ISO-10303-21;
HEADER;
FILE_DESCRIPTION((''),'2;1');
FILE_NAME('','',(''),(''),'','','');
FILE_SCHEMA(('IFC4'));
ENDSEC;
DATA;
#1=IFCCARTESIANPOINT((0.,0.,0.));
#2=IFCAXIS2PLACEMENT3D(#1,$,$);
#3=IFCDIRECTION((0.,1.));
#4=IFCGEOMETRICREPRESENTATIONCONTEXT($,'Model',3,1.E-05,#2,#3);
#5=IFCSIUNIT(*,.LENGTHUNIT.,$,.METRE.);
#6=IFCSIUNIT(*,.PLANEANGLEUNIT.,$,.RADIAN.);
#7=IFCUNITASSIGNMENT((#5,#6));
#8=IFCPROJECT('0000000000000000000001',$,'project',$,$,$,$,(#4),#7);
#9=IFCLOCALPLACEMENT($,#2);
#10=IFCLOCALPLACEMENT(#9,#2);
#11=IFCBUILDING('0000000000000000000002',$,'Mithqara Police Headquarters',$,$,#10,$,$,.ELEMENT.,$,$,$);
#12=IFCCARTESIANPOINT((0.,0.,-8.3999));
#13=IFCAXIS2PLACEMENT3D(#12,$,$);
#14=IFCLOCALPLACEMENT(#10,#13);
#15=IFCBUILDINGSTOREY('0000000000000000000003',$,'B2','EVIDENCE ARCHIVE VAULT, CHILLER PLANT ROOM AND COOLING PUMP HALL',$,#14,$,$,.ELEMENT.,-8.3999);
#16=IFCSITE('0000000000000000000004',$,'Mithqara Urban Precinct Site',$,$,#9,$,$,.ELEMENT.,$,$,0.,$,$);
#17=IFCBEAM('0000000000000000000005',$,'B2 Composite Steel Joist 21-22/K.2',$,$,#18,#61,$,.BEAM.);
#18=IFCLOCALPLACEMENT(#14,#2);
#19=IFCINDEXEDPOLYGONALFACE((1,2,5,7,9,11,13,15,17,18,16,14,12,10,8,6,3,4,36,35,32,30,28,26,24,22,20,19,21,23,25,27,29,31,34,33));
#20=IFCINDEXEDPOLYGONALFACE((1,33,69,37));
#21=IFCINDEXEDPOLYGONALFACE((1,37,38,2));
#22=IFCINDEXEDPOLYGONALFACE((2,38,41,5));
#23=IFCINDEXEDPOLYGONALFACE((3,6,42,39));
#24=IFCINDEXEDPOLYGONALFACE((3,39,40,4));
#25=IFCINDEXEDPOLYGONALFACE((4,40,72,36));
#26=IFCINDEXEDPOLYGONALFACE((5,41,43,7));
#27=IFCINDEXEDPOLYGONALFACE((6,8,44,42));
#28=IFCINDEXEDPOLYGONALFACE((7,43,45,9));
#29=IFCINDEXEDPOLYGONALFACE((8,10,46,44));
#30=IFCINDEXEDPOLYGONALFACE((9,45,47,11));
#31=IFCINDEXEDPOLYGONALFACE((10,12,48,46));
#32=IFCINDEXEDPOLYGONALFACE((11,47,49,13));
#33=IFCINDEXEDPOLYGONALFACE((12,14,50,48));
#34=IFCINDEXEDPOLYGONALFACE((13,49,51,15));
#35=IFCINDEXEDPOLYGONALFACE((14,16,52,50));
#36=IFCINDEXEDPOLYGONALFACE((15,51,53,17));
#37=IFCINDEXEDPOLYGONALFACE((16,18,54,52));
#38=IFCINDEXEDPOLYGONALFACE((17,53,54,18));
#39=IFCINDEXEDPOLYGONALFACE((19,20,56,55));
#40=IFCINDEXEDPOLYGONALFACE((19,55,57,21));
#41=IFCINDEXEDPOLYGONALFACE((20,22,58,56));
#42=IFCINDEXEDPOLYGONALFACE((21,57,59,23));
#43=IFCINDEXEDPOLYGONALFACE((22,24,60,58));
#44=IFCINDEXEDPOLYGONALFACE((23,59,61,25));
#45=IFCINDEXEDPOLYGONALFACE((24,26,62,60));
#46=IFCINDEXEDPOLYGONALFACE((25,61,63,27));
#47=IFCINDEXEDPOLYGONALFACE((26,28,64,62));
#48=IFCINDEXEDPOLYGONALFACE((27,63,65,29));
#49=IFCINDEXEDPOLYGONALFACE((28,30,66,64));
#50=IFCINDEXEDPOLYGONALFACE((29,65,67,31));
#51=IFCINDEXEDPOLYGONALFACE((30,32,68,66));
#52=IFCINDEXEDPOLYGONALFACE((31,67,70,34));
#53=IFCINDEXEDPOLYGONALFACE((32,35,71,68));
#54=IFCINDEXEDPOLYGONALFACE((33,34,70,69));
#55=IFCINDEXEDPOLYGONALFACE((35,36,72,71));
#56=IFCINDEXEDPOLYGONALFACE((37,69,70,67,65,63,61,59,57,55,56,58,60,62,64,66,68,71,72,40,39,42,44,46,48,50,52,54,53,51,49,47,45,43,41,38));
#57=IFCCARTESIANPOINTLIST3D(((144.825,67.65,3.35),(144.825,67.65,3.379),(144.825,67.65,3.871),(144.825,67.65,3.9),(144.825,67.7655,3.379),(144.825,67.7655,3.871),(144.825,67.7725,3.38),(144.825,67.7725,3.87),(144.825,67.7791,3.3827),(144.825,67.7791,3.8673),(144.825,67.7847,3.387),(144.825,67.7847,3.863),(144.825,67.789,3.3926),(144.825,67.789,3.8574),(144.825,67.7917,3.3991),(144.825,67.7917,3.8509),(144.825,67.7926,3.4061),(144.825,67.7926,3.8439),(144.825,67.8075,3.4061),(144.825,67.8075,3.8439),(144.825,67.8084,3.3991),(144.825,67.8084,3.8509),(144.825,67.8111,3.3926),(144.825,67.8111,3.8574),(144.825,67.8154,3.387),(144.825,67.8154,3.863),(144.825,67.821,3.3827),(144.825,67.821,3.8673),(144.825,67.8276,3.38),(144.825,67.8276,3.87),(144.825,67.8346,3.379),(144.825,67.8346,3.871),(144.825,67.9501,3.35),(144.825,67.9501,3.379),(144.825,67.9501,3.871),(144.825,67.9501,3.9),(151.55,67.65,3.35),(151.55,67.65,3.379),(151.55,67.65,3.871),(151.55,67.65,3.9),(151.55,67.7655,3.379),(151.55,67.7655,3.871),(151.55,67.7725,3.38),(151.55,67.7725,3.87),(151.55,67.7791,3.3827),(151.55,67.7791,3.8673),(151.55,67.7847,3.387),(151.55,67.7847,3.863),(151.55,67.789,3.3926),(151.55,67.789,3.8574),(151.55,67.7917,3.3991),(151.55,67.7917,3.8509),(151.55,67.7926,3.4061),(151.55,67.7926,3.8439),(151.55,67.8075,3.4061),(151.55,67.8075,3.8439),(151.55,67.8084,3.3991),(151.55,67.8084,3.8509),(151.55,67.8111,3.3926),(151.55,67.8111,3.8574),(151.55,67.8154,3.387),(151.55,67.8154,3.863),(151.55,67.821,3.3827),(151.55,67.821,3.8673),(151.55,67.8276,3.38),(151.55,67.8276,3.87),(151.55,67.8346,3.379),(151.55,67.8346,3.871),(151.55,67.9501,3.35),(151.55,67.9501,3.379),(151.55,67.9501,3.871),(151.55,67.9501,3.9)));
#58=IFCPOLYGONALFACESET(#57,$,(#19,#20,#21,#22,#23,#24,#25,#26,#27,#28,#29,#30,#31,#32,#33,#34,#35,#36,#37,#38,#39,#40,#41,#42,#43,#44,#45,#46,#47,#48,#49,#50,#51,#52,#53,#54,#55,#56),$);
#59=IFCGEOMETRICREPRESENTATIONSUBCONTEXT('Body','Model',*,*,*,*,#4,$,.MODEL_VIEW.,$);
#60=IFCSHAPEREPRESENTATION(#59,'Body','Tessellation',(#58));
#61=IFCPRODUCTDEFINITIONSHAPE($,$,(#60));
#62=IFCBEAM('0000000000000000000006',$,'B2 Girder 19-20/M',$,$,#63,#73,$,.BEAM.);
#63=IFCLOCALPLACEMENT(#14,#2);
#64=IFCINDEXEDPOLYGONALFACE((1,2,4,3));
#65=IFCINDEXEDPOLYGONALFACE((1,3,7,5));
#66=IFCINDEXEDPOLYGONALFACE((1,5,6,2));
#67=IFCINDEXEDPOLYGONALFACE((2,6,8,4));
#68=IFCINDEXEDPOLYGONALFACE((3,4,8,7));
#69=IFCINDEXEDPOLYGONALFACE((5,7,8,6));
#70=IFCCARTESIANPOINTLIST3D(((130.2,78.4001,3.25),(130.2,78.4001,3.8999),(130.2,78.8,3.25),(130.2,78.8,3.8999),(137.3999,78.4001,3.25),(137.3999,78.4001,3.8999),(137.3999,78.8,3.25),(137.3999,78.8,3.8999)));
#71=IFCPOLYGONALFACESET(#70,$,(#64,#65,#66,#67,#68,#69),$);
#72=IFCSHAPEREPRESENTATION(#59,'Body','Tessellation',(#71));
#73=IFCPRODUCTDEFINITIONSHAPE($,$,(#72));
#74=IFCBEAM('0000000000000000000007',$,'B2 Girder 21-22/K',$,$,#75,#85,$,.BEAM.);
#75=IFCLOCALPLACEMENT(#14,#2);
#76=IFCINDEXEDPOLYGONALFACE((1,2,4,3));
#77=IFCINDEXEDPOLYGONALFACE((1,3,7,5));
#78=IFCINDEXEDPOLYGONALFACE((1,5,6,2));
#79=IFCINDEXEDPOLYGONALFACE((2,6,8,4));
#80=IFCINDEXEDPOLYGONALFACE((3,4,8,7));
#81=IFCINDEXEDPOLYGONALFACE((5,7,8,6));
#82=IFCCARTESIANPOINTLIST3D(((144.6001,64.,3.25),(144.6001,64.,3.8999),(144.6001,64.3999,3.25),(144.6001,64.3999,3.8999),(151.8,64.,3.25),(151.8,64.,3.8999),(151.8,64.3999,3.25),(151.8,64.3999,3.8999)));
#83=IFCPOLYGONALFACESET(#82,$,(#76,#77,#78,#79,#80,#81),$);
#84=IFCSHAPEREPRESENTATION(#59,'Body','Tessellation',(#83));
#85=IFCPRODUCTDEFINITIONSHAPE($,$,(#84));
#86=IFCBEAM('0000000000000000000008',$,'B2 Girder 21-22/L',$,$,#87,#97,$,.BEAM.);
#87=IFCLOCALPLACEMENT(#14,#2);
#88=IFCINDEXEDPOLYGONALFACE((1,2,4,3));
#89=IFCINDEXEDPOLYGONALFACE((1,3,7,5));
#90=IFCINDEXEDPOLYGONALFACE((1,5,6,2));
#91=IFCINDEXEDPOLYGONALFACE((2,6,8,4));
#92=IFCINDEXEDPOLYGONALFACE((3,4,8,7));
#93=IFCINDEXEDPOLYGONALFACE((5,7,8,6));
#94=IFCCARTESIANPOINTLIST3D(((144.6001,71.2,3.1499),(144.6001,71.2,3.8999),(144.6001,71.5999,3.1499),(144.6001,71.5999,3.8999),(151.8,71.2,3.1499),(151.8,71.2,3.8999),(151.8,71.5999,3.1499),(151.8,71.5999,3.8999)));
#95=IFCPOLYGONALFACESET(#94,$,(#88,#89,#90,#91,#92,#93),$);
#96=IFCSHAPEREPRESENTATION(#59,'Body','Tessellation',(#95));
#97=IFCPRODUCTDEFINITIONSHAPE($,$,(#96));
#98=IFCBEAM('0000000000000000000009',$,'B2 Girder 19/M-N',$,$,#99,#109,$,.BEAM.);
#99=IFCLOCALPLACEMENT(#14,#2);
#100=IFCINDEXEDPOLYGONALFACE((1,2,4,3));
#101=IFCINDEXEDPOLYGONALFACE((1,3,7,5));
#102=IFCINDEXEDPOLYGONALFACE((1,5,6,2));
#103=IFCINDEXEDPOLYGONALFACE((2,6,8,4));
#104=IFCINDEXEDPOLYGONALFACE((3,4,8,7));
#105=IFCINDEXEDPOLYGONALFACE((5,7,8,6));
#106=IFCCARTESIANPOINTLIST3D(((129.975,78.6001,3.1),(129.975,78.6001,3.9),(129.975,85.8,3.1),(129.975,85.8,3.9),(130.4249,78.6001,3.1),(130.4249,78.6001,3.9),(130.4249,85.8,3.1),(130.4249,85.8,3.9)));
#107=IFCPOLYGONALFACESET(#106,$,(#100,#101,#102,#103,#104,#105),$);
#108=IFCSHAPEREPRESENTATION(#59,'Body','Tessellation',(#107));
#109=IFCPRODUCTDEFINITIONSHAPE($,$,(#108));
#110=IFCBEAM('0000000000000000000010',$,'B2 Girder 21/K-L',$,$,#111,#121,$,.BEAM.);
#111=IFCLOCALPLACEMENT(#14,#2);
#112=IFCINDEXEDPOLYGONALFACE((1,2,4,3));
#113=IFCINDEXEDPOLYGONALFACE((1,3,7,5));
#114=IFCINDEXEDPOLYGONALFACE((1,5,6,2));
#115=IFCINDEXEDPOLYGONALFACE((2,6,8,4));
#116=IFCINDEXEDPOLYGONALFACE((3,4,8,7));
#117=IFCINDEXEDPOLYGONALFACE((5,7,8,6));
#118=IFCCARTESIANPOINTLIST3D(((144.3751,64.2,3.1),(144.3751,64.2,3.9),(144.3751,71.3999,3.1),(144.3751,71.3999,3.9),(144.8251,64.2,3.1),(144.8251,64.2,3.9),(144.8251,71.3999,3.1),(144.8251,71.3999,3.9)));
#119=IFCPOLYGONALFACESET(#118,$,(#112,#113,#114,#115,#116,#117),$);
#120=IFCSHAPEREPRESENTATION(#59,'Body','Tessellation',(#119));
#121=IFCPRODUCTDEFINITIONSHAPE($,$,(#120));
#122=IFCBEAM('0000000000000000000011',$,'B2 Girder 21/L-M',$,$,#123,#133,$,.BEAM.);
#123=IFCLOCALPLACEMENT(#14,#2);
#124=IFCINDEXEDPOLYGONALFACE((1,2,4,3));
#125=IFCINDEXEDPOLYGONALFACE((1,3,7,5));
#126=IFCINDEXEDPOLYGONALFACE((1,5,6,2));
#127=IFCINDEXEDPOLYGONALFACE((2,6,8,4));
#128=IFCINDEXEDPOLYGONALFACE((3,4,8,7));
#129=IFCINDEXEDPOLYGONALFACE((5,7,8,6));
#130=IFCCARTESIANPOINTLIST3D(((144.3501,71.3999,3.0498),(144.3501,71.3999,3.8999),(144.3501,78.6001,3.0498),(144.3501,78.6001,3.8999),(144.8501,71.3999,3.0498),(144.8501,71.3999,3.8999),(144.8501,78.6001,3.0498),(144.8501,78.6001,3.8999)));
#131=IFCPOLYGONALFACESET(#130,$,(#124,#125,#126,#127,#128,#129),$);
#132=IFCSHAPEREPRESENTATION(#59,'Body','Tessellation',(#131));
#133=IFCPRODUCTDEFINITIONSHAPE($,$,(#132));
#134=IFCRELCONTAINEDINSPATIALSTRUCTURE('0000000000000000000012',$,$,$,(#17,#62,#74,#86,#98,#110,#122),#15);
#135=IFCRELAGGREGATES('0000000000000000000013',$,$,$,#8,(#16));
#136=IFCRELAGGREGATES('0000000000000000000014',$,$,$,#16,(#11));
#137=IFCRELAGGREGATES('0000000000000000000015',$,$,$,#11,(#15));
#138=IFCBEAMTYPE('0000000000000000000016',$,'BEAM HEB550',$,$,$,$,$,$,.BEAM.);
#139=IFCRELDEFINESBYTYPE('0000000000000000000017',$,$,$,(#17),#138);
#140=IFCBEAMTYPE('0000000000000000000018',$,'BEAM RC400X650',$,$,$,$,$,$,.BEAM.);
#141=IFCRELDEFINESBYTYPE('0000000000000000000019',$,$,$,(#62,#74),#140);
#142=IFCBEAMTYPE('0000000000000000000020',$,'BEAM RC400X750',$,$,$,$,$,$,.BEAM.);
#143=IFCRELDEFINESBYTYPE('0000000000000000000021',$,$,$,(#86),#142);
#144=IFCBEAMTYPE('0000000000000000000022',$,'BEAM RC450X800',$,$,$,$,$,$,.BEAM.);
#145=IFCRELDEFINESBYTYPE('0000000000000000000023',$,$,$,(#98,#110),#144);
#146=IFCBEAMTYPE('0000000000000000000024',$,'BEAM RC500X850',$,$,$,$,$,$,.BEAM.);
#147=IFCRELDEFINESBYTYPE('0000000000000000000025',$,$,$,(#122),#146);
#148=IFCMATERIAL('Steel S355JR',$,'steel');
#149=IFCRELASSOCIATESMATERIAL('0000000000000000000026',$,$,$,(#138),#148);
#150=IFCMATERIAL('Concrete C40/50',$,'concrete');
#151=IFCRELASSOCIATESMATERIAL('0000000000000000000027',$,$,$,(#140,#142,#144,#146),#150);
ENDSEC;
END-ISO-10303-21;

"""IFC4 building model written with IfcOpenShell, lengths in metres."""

from ifc_helpers import new_model, si_unit, direction, frame, origin, origin_2d, place, context, subcontext, project, spatial, rectangle, i_section, extrude, material, material_profile, profile_set, type_object, element, save


model = new_model("IFC4")

# Units and contexts
model_context = context("Model", 3, precision=1e-05, world=origin(), true_north=direction((0.0, 1.0)))
body_context = subcontext(model_context, "Body", "Model", "MODEL_VIEW")
ifc_project = project(units=[si_unit("LENGTHUNIT", "METRE"), si_unit("PLANEANGLEUNIT", "RADIAN")], contexts=[model_context])

# Site, building, storey
site_placement = place(None, origin())
site = spatial("IfcSite", under=ifc_project, at=site_placement, Name="Mithqara Urban Precinct Site", CompositionType="ELEMENT", RefElevation=0.0)
building_placement = place(site_placement, origin())
building = spatial("IfcBuilding", under=site, at=building_placement, Name="Mithqara Police Headquarters", CompositionType="ELEMENT")
storey_placement = place(building_placement, frame((0.0, 0.0, -8.3999)))
storey = spatial("IfcBuildingStorey", under=building, at=storey_placement, Name="B2", Description="EVIDENCE ARCHIVE VAULT, CHILLER PLANT ROOM AND COOLING PUMP HALL", CompositionType="ELEMENT", Elevation=-8.3999)

# Shared definitions
ifc_material_1 = material(Name="Concrete C40/50", Category="concrete")

# Beams
ifc_material_2 = material(Name="Steel S355JR", Category="steel")
ifc_material_profile_1 = material_profile(ifc_material_2, i_section(OverallWidth=0.3, OverallDepth=0.55, WebThickness=0.0149, FlangeThickness=0.0291, FilletRadius=0.0271, at=origin_2d()), Name="HEB 550")
ifc_profile_set_1 = profile_set([ifc_material_profile_1], Name="Steel S355JR")
beam_type_1 = type_object("IfcBeamType", Name="BEAM HEB550", PredefinedType="BEAM", material=ifc_profile_set_1)
for number, where, z_axis, x_axis, name in (
    (1, (144.825, 67.8, 3.625), (1.0, 0.0, 0.0), (0.0, 1.0, 0.0), "B2 Composite Steel Joist 21-22/K.2"),
):
    element("IfcBeam", number, at=place(storey_placement, frame(where, z_axis=z_axis, x_axis=x_axis)), inside=storey, type_object=beam_type_1, Name=name, PredefinedType="BEAM", context=body_context, shape_type="SweptSolid", body=[
        extrude(i_section(OverallWidth=0.3, OverallDepth=0.55, WebThickness=0.0149, FlangeThickness=0.0291, FilletRadius=0.0271, at=origin_2d()), origin(), (0.0, 0.0, 1.0), 6.7251),
    ])
ifc_material_profile_2 = material_profile(ifc_material_1, rectangle(XDim=0.3999, YDim=0.6499, at=origin_2d()), Name="RC 400x650")
ifc_profile_set_2 = profile_set([ifc_material_profile_2], Name="Concrete C40/50")
beam_type_2 = type_object("IfcBeamType", Name="BEAM RC400X650", PredefinedType="BEAM", material=ifc_profile_set_2)
for number, where, z_axis, x_axis, name in (
    (2, (130.2, 78.6001, 3.575), (1.0, 0.0, 0.0), (0.0, 1.0, 0.0), "B2 Girder 19-20/M"),
    (3, (144.6001, 64.2, 3.575), (1.0, 0.0, 0.0), (0.0, 1.0, 0.0), "B2 Girder 21-22/K"),
):
    element("IfcBeam", number, at=place(storey_placement, frame(where, z_axis=z_axis, x_axis=x_axis)), inside=storey, type_object=beam_type_2, Name=name, PredefinedType="BEAM", context=body_context, shape_type="SweptSolid", body=[
        extrude(rectangle(XDim=0.3999, YDim=0.6499, at=origin_2d()), origin(), (0.0, 0.0, 1.0), 7.2),
    ])
ifc_material_profile_3 = material_profile(ifc_material_1, rectangle(XDim=0.3999, YDim=0.75, at=origin_2d()), Name="RC 400x750")
ifc_profile_set_3 = profile_set([ifc_material_profile_3], Name="Concrete C40/50")
beam_type_3 = type_object("IfcBeamType", Name="BEAM RC400X750", PredefinedType="BEAM", material=ifc_profile_set_3)
beam_1_placement = place(storey_placement, frame((144.6001, 71.3999, 3.5249), z_axis=(1.0, 0.0, 0.0), x_axis=(0.0, 1.0, 0.0)))
element("IfcBeam", 4, at=beam_1_placement, inside=storey, type_object=beam_type_3, Name="B2 Girder 21-22/L", PredefinedType="BEAM", context=body_context, shape_type="SweptSolid", body=[
    extrude(rectangle(XDim=0.3999, YDim=0.75, at=origin_2d()), origin(), (0.0, 0.0, 1.0), 7.2),
])
ifc_material_profile_4 = material_profile(ifc_material_1, rectangle(XDim=0.45, YDim=0.8, at=origin_2d()), Name="RC 450x800")
ifc_profile_set_4 = profile_set([ifc_material_profile_4], Name="Concrete C40/50")
beam_type_4 = type_object("IfcBeamType", Name="BEAM RC450X800", PredefinedType="BEAM", material=ifc_profile_set_4)
for number, where, z_axis, x_axis, name in (
    (5, (130.2, 78.6001, 3.5), (0.0, 1.0, 0.0), (-1.0, 0.0, 0.0), "B2 Girder 19/M-N"),
    (6, (144.6001, 64.2, 3.5), (0.0, 1.0, 0.0), (-1.0, 0.0, 0.0), "B2 Girder 21/K-L"),
):
    element("IfcBeam", number, at=place(storey_placement, frame(where, z_axis=z_axis, x_axis=x_axis)), inside=storey, type_object=beam_type_4, Name=name, PredefinedType="BEAM", context=body_context, shape_type="SweptSolid", body=[
        extrude(rectangle(XDim=0.45, YDim=0.8, at=origin_2d()), origin(), (0.0, 0.0, 1.0), 7.2),
    ])
ifc_material_profile_5 = material_profile(ifc_material_1, rectangle(XDim=0.5, YDim=0.8501, at=origin_2d()), Name="RC 500x850")
ifc_profile_set_5 = profile_set([ifc_material_profile_5], Name="Concrete C40/50")
beam_type_5 = type_object("IfcBeamType", Name="BEAM RC500X850", PredefinedType="BEAM", material=ifc_profile_set_5)
beam_2_placement = place(storey_placement, frame((144.6001, 71.3999, 3.4749), z_axis=(0.0, 1.0, 0.0), x_axis=(-1.0, 0.0, 0.0)))
element("IfcBeam", 7, at=beam_2_placement, inside=storey, type_object=beam_type_5, Name="B2 Girder 21/L-M", PredefinedType="BEAM", context=body_context, shape_type="SweptSolid", body=[
    extrude(rectangle(XDim=0.5, YDim=0.8501, at=origin_2d()), origin(), (0.0, 0.0, 1.0), 7.2002),
])

save(model, "model.ifc")
